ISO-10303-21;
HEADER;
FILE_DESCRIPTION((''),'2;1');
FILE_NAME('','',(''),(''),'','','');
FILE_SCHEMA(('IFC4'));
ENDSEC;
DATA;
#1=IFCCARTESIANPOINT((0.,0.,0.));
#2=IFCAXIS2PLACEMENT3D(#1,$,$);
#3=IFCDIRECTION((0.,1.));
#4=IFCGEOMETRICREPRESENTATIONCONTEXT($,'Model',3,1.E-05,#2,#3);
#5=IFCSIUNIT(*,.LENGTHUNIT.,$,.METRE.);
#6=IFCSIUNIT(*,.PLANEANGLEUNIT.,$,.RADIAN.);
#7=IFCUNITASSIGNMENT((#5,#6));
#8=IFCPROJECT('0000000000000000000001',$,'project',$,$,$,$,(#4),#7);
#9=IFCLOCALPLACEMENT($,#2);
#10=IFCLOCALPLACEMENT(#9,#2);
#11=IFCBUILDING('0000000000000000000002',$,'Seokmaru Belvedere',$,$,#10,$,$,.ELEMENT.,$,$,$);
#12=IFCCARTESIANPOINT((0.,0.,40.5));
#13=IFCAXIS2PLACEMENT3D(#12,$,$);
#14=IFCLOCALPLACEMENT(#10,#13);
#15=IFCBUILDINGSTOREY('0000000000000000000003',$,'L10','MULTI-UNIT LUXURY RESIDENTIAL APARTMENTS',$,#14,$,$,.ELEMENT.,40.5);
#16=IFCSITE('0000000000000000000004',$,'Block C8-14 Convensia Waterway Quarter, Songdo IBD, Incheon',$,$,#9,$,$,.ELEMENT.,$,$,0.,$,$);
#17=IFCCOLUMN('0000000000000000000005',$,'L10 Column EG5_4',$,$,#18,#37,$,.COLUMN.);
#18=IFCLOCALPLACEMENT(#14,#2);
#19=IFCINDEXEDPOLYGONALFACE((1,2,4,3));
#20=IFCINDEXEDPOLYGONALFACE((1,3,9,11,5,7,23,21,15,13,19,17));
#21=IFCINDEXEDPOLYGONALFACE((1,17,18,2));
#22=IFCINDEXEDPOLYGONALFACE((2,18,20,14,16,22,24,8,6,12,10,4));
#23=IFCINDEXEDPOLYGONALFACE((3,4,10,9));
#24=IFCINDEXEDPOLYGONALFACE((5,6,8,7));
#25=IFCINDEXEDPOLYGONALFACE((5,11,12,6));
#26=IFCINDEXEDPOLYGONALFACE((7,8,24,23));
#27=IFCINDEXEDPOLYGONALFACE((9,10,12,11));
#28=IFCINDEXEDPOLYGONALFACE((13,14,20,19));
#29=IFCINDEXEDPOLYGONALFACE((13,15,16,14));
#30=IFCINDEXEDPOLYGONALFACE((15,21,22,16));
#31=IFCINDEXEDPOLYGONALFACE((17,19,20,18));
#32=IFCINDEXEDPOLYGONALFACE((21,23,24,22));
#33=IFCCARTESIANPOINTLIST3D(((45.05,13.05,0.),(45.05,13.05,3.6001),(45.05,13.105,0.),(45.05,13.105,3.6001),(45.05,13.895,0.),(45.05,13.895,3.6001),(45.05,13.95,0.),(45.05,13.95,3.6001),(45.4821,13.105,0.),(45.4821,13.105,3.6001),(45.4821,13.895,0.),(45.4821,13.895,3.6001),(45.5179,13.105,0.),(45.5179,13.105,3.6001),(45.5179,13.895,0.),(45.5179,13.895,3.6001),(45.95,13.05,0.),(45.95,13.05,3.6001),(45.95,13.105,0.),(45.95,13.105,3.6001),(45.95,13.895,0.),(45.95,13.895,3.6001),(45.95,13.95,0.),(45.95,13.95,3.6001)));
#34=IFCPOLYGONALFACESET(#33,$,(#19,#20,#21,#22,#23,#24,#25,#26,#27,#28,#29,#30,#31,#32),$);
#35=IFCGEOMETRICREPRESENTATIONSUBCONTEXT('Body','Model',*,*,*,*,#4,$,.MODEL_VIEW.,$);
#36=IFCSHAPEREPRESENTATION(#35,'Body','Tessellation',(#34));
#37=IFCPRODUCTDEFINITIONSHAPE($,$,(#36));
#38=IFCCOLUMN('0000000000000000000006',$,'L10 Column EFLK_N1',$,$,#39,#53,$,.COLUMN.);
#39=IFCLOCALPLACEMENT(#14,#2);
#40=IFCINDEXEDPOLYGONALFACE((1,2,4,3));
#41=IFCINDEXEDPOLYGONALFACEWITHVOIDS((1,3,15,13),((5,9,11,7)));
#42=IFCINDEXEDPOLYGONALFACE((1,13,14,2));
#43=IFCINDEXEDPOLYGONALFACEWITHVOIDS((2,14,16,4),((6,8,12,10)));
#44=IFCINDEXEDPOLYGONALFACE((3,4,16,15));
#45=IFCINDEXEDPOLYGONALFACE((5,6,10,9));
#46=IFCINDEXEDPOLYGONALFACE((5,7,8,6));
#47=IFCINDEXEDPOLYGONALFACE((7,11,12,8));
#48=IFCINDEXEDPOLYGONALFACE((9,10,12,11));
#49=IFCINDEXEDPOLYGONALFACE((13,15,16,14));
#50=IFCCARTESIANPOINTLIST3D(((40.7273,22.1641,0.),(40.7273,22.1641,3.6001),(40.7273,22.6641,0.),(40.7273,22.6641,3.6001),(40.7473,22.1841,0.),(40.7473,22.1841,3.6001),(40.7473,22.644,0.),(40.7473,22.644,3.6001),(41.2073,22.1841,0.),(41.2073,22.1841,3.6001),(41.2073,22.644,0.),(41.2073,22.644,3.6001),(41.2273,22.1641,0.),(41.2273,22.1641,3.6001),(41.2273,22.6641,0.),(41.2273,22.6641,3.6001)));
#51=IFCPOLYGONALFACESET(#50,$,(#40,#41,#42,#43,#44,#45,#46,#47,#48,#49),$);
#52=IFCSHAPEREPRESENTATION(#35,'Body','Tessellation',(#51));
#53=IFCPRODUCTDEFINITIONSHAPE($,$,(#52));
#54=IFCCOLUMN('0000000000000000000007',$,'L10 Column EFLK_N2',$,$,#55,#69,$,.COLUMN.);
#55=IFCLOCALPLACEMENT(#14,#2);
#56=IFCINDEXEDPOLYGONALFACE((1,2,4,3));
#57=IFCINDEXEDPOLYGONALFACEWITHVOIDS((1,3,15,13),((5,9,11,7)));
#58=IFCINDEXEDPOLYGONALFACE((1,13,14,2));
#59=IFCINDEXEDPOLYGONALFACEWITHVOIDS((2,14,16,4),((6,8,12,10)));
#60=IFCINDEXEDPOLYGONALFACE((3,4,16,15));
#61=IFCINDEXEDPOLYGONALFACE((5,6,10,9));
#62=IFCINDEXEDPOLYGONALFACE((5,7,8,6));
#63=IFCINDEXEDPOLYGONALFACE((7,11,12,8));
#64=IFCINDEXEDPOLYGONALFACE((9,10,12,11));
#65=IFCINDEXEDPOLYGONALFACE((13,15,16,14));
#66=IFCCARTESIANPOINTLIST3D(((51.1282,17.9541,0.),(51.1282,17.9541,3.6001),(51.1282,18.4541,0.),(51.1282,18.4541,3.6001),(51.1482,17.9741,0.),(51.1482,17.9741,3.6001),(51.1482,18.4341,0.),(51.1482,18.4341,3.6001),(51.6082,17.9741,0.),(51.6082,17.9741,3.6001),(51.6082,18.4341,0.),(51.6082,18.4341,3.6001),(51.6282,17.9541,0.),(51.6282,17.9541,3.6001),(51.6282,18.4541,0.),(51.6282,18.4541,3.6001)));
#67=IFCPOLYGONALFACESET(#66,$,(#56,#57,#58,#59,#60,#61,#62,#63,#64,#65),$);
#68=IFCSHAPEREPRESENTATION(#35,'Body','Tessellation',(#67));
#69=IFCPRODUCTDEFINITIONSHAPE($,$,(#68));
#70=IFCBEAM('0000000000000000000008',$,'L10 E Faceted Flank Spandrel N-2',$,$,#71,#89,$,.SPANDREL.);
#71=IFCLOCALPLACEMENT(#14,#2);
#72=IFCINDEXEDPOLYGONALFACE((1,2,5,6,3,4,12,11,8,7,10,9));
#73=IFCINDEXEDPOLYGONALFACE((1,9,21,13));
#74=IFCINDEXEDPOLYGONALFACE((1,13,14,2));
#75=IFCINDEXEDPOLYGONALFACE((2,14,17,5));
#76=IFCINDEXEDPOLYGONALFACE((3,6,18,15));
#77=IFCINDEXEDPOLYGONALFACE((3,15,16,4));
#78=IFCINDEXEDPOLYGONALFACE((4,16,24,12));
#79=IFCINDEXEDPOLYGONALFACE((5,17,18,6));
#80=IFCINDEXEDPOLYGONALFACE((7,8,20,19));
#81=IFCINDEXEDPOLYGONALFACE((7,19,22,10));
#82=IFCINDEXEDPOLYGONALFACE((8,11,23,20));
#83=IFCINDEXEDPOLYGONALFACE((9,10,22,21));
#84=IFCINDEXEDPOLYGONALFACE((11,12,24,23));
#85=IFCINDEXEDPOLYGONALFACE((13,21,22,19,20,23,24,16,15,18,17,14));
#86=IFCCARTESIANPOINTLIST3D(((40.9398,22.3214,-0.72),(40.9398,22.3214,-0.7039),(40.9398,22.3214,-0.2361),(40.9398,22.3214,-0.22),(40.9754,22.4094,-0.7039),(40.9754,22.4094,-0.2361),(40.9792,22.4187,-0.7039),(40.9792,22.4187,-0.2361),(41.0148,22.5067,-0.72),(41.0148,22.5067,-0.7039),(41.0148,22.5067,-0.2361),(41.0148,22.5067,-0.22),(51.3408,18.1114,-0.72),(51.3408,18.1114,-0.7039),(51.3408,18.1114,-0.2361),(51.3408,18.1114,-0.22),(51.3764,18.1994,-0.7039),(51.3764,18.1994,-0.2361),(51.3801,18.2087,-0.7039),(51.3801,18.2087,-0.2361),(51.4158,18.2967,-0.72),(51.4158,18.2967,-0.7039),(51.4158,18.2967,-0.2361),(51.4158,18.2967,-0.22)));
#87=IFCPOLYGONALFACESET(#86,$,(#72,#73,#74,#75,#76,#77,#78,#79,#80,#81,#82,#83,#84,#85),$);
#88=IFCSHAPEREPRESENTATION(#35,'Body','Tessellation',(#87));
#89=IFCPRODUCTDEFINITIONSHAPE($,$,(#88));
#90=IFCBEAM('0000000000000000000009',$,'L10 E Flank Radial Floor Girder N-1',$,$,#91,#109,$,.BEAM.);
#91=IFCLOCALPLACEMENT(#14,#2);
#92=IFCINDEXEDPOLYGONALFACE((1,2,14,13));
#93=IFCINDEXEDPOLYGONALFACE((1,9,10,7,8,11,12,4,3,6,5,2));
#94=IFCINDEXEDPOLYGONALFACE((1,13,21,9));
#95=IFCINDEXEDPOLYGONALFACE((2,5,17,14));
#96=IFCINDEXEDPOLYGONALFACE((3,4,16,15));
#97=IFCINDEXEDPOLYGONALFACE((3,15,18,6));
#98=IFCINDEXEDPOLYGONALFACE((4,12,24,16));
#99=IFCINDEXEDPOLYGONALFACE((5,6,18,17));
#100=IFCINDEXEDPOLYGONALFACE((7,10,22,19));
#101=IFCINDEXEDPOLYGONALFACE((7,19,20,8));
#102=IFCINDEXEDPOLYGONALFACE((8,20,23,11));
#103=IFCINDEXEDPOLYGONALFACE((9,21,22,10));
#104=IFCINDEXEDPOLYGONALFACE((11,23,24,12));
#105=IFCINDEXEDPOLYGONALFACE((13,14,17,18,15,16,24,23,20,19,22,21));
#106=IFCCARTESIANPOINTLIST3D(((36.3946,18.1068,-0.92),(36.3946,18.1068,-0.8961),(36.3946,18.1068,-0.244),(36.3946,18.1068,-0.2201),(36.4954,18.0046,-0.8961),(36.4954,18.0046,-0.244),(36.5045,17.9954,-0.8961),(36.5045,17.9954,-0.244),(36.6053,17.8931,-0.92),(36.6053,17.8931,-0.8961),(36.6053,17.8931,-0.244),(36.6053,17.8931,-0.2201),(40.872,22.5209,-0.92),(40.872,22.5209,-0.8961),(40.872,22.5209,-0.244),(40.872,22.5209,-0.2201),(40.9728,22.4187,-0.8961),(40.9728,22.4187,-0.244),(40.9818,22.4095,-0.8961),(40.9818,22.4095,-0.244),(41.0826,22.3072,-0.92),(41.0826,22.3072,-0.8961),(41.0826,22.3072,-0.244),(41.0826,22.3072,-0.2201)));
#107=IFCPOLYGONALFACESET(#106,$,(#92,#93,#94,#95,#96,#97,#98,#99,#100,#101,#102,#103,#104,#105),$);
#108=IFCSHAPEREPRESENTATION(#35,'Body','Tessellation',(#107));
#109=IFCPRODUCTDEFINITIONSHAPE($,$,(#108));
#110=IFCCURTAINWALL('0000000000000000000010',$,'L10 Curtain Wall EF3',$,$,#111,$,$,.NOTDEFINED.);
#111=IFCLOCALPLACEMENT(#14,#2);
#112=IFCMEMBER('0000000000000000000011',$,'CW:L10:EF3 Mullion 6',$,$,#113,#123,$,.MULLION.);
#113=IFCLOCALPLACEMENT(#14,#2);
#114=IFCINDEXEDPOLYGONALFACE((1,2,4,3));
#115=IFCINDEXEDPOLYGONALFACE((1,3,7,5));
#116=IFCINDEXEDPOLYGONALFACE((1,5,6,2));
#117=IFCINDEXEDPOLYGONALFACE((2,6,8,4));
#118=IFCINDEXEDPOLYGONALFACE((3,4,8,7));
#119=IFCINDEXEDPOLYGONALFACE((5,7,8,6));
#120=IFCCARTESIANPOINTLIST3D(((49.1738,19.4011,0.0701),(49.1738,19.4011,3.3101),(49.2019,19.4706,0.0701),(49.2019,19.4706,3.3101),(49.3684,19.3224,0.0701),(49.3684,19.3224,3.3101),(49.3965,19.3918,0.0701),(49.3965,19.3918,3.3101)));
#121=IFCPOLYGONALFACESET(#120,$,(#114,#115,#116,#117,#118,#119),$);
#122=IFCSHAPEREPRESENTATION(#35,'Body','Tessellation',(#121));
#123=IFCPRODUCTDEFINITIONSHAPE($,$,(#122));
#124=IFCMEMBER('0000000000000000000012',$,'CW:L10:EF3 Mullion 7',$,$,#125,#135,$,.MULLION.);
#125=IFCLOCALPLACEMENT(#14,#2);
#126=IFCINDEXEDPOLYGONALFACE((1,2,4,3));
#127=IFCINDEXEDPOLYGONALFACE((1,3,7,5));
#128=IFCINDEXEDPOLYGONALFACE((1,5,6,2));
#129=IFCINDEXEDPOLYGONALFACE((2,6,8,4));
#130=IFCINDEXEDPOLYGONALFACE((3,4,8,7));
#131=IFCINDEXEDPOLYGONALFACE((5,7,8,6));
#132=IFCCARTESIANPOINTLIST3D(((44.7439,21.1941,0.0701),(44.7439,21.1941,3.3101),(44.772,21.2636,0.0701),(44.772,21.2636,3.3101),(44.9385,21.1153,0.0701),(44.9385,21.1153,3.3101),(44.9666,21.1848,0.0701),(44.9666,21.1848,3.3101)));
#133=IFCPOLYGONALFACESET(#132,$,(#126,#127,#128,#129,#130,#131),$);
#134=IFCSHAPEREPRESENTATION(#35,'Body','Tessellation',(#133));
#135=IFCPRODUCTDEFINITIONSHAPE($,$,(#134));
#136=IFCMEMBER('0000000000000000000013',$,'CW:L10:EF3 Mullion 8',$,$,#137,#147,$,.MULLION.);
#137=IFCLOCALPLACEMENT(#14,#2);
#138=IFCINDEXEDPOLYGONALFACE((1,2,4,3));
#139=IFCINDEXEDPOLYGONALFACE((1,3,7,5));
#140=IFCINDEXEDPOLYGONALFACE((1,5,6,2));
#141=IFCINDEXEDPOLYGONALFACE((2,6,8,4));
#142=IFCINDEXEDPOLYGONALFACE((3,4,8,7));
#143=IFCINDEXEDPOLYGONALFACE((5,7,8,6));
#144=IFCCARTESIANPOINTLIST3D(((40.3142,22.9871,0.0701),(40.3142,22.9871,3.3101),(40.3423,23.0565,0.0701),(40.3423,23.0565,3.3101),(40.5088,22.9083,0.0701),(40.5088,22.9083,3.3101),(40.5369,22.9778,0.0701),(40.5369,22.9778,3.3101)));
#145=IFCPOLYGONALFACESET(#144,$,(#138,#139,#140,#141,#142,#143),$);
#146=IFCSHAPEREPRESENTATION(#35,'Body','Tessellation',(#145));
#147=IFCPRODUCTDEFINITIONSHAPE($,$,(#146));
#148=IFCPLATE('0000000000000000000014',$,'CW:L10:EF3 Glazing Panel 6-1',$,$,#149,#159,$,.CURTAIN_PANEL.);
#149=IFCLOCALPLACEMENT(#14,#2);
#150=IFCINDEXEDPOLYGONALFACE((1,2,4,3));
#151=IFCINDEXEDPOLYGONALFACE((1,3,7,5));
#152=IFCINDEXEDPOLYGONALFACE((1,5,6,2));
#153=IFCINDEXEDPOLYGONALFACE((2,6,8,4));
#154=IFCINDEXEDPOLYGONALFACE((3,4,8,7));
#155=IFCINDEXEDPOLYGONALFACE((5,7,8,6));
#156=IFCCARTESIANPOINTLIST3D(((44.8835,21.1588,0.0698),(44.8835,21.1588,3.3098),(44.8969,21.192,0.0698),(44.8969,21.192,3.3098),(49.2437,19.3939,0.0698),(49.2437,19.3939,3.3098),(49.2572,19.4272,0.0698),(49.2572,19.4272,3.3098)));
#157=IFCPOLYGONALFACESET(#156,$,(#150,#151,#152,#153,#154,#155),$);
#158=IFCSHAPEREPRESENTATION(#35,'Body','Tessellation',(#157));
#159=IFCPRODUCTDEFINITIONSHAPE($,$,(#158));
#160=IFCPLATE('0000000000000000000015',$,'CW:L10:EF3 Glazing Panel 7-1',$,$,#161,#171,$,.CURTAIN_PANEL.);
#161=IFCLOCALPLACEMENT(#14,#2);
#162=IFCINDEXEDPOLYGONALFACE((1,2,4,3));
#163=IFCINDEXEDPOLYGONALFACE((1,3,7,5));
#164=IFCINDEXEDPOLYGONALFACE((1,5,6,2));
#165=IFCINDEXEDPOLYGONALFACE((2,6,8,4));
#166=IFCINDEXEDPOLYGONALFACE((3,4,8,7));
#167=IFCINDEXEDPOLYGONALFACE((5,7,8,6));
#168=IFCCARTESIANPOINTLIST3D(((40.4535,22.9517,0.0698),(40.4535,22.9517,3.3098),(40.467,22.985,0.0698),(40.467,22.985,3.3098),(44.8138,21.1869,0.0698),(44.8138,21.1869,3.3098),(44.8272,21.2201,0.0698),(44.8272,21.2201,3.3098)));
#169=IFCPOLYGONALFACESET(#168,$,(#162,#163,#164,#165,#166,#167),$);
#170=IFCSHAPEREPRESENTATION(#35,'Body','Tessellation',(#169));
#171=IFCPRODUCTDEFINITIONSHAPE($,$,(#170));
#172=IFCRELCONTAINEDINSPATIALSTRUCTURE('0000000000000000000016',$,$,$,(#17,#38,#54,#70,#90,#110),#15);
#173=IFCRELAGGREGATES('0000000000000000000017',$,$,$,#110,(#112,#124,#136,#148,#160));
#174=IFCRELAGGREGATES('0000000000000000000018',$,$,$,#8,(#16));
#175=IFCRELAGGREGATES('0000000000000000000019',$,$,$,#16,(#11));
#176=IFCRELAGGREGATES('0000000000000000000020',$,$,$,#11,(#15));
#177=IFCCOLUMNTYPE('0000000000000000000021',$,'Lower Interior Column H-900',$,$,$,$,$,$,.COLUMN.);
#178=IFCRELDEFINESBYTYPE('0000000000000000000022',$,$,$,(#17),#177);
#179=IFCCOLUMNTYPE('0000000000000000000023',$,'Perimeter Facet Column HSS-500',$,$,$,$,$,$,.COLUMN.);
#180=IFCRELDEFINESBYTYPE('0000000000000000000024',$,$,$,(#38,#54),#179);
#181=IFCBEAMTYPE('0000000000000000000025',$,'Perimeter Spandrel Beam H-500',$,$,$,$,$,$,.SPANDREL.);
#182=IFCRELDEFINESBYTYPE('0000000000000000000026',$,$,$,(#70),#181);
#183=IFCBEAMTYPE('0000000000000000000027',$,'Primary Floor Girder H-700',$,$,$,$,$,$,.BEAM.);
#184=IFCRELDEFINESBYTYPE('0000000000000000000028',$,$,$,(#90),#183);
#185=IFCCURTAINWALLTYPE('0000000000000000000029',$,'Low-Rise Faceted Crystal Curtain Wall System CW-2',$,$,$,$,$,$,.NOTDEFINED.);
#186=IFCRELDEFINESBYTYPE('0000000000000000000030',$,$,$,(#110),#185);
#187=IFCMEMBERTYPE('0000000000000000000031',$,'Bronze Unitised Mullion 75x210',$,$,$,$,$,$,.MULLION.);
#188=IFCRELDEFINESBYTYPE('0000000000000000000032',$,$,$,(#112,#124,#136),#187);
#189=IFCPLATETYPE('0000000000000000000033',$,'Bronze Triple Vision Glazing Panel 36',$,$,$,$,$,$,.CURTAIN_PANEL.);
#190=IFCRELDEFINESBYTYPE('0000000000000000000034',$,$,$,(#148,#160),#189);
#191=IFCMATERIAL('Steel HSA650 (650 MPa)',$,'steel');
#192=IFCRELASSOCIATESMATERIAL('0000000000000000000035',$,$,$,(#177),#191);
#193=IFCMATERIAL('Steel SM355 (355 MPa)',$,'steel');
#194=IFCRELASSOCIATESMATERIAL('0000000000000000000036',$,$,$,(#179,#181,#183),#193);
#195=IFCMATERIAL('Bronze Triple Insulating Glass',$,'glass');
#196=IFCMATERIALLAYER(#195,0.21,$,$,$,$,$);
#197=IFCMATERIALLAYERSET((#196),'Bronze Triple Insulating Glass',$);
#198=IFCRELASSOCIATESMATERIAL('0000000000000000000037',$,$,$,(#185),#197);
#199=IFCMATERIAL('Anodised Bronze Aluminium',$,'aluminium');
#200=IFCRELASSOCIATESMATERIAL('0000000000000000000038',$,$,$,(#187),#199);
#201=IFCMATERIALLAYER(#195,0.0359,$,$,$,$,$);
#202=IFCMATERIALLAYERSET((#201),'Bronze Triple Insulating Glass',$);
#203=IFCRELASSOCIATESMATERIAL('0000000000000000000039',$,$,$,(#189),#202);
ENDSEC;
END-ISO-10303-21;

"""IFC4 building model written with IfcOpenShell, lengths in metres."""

from ifc_helpers import new_model, si_unit, direction, frame, origin, origin_2d, place, context, subcontext, project, spatial, rectangle, hollow_rectangle, i_section, extrude, source, transform, mapped, material, layer, layer_set, material_profile, profile_set, type_object, type_shapes, element, aggregate, save


model = new_model("IFC4")

# Units and contexts
model_context = context("Model", 3, precision=1e-05, world=origin(), true_north=direction((0.0, 1.0)))
body_context = subcontext(model_context, "Body", "Model", "MODEL_VIEW")
ifc_project = project(units=[si_unit("LENGTHUNIT", "METRE"), si_unit("PLANEANGLEUNIT", "RADIAN")], contexts=[model_context])

# Site, building, storey
site_placement = place(None, origin())
site = spatial("IfcSite", under=ifc_project, at=site_placement, Name="Block C8-14 Convensia Waterway Quarter, Songdo IBD, Incheon", CompositionType="ELEMENT", RefElevation=0.0)
building_placement = place(site_placement, origin())
building = spatial("IfcBuilding", under=site, at=building_placement, Name="Seokmaru Belvedere", CompositionType="ELEMENT")
storey_placement = place(building_placement, frame((0.0, 0.0, 40.5)))
storey = spatial("IfcBuildingStorey", under=building, at=storey_placement, Name="L10", Description="MULTI-UNIT LUXURY RESIDENTIAL APARTMENTS", CompositionType="ELEMENT", Elevation=40.5)

# Columns
ifc_material_1 = material(Name="Steel HSA650 (650 MPa)", Category="steel")
ifc_material_profile_1 = material_profile(ifc_material_1, i_section(OverallWidth=0.8999, OverallDepth=0.8999, WebThickness=0.0359, FlangeThickness=0.0549, at=origin_2d()), Name="H-900x900x36x55")
ifc_profile_set_1 = profile_set([ifc_material_profile_1], Name="Steel HSA650 (650 MPa)")
column_type_1 = type_object("IfcColumnType", Name="Lower Interior Column H-900", PredefinedType="COLUMN", material=ifc_profile_set_1)
shared_shape_1 = source(origin(), body_context, "Body", "SweptSolid", [
    extrude(i_section(OverallWidth=0.8999, OverallDepth=0.8999, WebThickness=0.0359, FlangeThickness=0.0549, at=origin_2d()), origin(), (0.0, 0.0, 1.0), 3.6001),
])
type_shapes(column_type_1, [shared_shape_1])
column_placement = place(storey_placement, frame((45.5, 13.5, 0.0), z_axis=(0.0, 0.0, 1.0), x_axis=(1.0, 0.0, 0.0)))
element("IfcColumn", 1, at=column_placement, inside=storey, type_object=column_type_1, Name="L10 Column EG5_4", PredefinedType="COLUMN", context=body_context, shape_type="MappedRepresentation", body=[
    mapped(shared_shape_1, transform((0.0, 0.0, 0.0), scale=1.0)),
])
ifc_material_2 = material(Name="Steel SM355 (355 MPa)", Category="steel")
ifc_material_profile_2 = material_profile(ifc_material_2, hollow_rectangle(XDim=0.5, YDim=0.5, WallThickness=0.02, at=origin_2d()), Name="HSS-500x500x20")
ifc_profile_set_2 = profile_set([ifc_material_profile_2], Name="Steel SM355 (355 MPa)")
column_type_2 = type_object("IfcColumnType", Name="Perimeter Facet Column HSS-500", PredefinedType="COLUMN", material=ifc_profile_set_2)
shared_shape_2 = source(origin(), body_context, "Body", "SweptSolid", [
    extrude(hollow_rectangle(XDim=0.5, YDim=0.5, WallThickness=0.02, at=origin_2d()), origin(), (0.0, 0.0, 1.0), 3.6001),
])
type_shapes(column_type_2, [shared_shape_2])
for number, where, z_axis, x_axis, name in (
    (2, (40.9773, 22.4141, 0.0), (0.0, 0.0, 1.0), (1.0, 0.0, 0.0), "L10 Column EFLK_N1"),
    (3, (51.3782, 18.2041, 0.0), (0.0, 0.0, 1.0), (1.0, 0.0, 0.0), "L10 Column EFLK_N2"),
):
    element("IfcColumn", number, at=place(storey_placement, frame(where, z_axis=z_axis, x_axis=x_axis)), inside=storey, type_object=column_type_2, Name=name, PredefinedType="COLUMN", context=body_context, shape_type="MappedRepresentation", body=[
        mapped(shared_shape_2, transform((0.0, 0.0, 0.0), scale=1.0)),
    ])

# Beams
ifc_material_profile_3 = material_profile(ifc_material_2, i_section(OverallWidth=0.2, OverallDepth=0.5, WebThickness=0.01, FlangeThickness=0.0161, at=origin_2d()), Name="H-500x200x10x16")
ifc_profile_set_3 = profile_set([ifc_material_profile_3], Name="Steel SM355 (355 MPa)")
beam_type_1 = type_object("IfcBeamType", Name="Perimeter Spandrel Beam H-500", PredefinedType="SPANDREL", material=ifc_profile_set_3)
shared_shape_3 = source(origin(), body_context, "Body", "SweptSolid", [
    extrude(i_section(OverallWidth=0.2, OverallDepth=0.5, WebThickness=0.01, FlangeThickness=0.0161, at=origin_2d()), origin(), (0.0, 0.0, 1.0), 11.2207),
])
type_shapes(beam_type_1, [shared_shape_3])
beam_1_placement = place(storey_placement, frame((40.9773, 22.4141, -0.47), z_axis=(0.926944, -0.375199, 0.0), x_axis=(0.375199, 0.926944, 0.0)))
element("IfcBeam", 4, at=beam_1_placement, inside=storey, type_object=beam_type_1, Name="L10 E Faceted Flank Spandrel N-2", PredefinedType="SPANDREL", context=body_context, shape_type="MappedRepresentation", body=[
    mapped(shared_shape_3, transform((0.0, 0.0, 0.0), scale=1.0)),
])
ifc_material_profile_4 = material_profile(ifc_material_2, i_section(OverallWidth=0.3, OverallDepth=0.7, WebThickness=0.0129, FlangeThickness=0.0239, at=origin_2d()), Name="H-700x300x13x24")
ifc_profile_set_4 = profile_set([ifc_material_profile_4], Name="Steel SM355 (355 MPa)")
beam_type_2 = type_object("IfcBeamType", Name="Primary Floor Girder H-700", PredefinedType="BEAM", material=ifc_profile_set_4)
shared_shape_4 = source(origin(), body_context, "Body", "SweptSolid", [
    extrude(i_section(OverallWidth=0.3, OverallDepth=0.7, WebThickness=0.0129, FlangeThickness=0.0239, at=origin_2d()), origin(), (0.0, 0.0, 1.0), 6.2874),
])
type_shapes(beam_type_2, [shared_shape_4])
beam_2_placement = place(storey_placement, frame((40.9773, 22.4141, -0.5701), z_axis=(-0.712117, -0.70206, 0.0), x_axis=(0.70206, -0.712117, 0.0)))
element("IfcBeam", 5, at=beam_2_placement, inside=storey, type_object=beam_type_2, Name="L10 E Flank Radial Floor Girder N-1", PredefinedType="BEAM", context=body_context, shape_type="MappedRepresentation", body=[
    mapped(shared_shape_4, transform((0.0, 0.0, 0.0), scale=1.0)),
])

# Curtain wall, members, plates
ifc_material_3 = material(Name="Bronze Triple Insulating Glass", Category="glass")
ifc_layer_1 = layer(ifc_material_3, 0.21)
ifc_layer_set_1 = layer_set([ifc_layer_1], Name="Bronze Triple Insulating Glass")
curtain_wall_type = type_object("IfcCurtainWallType", Name="Low-Rise Faceted Crystal Curtain Wall System CW-2", PredefinedType="NOTDEFINED", material=ifc_layer_set_1)
curtain_wall_placement = place(storey_placement, origin())
curtain_wall = element("IfcCurtainWall", 6, at=curtain_wall_placement, inside=storey, type_object=curtain_wall_type, Name="L10 Curtain Wall EF3", PredefinedType="NOTDEFINED")
ifc_material_4 = material(Name="Anodised Bronze Aluminium", Category="aluminium")
ifc_material_profile_5 = material_profile(ifc_material_4, rectangle(XDim=0.075, YDim=0.21, at=origin_2d()), Name="CW-M-75x210")
ifc_profile_set_5 = profile_set([ifc_material_profile_5], Name="Anodised Bronze Aluminium")
member_type = type_object("IfcMemberType", Name="Bronze Unitised Mullion 75x210", PredefinedType="MULLION", material=ifc_profile_set_5)
shared_shape_5 = source(origin(), body_context, "Body", "SweptSolid", [
    extrude(rectangle(XDim=0.075, YDim=0.21, at=origin_2d()), origin(), (0.0, 0.0, 1.0), 3.24),
])
type_shapes(member_type, [shared_shape_5])
member_1_placement = place(storey_placement, frame((49.2852, 19.3965, 0.0701), z_axis=(0.0, 0.0, 1.0), x_axis=(-0.375192, -0.926947, 0.0)))
member_1 = element("IfcMember", 7, at=member_1_placement, type_object=member_type, Name="CW:L10:EF3 Mullion 6", PredefinedType="MULLION", context=body_context, shape_type="MappedRepresentation", body=[
    mapped(shared_shape_5, transform((0.0, 0.0, 0.0), scale=1.0)),
])
member_2_placement = place(storey_placement, frame((44.8552, 21.1895, 0.0701), z_axis=(0.0, 0.0, 1.0), x_axis=(-0.375192, -0.926947, 0.0)))
member_2 = element("IfcMember", 8, at=member_2_placement, type_object=member_type, Name="CW:L10:EF3 Mullion 7", PredefinedType="MULLION", context=body_context, shape_type="MappedRepresentation", body=[
    mapped(shared_shape_5, transform((0.0, 0.0, 0.0), scale=1.0)),
])
member_3_placement = place(storey_placement, frame((40.4255, 22.9824, 0.0701), z_axis=(0.0, 0.0, 1.0), x_axis=(-0.375192, -0.926947, 0.0)))
member_3 = element("IfcMember", 9, at=member_3_placement, type_object=member_type, Name="CW:L10:EF3 Mullion 8", PredefinedType="MULLION", context=body_context, shape_type="MappedRepresentation", body=[
    mapped(shared_shape_5, transform((0.0, 0.0, 0.0), scale=1.0)),
])
ifc_layer_2 = layer(ifc_material_3, 0.0359)
ifc_layer_set_2 = layer_set([ifc_layer_2], Name="Bronze Triple Insulating Glass")
plate_type = type_object("IfcPlateType", Name="Bronze Triple Vision Glazing Panel 36", PredefinedType="CURTAIN_PANEL", material=ifc_layer_set_2)
shared_shape_6 = source(origin(), body_context, "Body", "SweptSolid", [
    extrude(rectangle(XDim=4.7039, YDim=0.0359, at=origin_2d()), origin(), (0.0, 0.0, 1.0), 3.24),
])
type_shapes(plate_type, [shared_shape_6])
plate_1_placement = place(storey_placement, frame((47.0703, 20.293, 0.0698), z_axis=(0.0, 0.0, 1.0), x_axis=(-0.926947, 0.375192, 0.0)))
plate_1 = element("IfcPlate", 10, at=plate_1_placement, type_object=plate_type, Name="CW:L10:EF3 Glazing Panel 6-1", PredefinedType="CURTAIN_PANEL", context=body_context, shape_type="MappedRepresentation", body=[
    mapped(shared_shape_6, transform((0.0, 0.0, 0.0), scale=1.0)),
])
plate_2_placement = place(storey_placement, frame((42.6404, 22.0859, 0.0698), z_axis=(0.0, 0.0, 1.0), x_axis=(-0.926947, 0.375192, 0.0)))
plate_2 = element("IfcPlate", 11, at=plate_2_placement, type_object=plate_type, Name="CW:L10:EF3 Glazing Panel 7-1", PredefinedType="CURTAIN_PANEL", context=body_context, shape_type="MappedRepresentation", body=[
    mapped(shared_shape_6, transform((0.0, 0.0, 0.0), scale=1.0)),
])
aggregate(curtain_wall, [member_1, member_2, member_3, plate_1, plate_2])

save(model, "model.ifc")
